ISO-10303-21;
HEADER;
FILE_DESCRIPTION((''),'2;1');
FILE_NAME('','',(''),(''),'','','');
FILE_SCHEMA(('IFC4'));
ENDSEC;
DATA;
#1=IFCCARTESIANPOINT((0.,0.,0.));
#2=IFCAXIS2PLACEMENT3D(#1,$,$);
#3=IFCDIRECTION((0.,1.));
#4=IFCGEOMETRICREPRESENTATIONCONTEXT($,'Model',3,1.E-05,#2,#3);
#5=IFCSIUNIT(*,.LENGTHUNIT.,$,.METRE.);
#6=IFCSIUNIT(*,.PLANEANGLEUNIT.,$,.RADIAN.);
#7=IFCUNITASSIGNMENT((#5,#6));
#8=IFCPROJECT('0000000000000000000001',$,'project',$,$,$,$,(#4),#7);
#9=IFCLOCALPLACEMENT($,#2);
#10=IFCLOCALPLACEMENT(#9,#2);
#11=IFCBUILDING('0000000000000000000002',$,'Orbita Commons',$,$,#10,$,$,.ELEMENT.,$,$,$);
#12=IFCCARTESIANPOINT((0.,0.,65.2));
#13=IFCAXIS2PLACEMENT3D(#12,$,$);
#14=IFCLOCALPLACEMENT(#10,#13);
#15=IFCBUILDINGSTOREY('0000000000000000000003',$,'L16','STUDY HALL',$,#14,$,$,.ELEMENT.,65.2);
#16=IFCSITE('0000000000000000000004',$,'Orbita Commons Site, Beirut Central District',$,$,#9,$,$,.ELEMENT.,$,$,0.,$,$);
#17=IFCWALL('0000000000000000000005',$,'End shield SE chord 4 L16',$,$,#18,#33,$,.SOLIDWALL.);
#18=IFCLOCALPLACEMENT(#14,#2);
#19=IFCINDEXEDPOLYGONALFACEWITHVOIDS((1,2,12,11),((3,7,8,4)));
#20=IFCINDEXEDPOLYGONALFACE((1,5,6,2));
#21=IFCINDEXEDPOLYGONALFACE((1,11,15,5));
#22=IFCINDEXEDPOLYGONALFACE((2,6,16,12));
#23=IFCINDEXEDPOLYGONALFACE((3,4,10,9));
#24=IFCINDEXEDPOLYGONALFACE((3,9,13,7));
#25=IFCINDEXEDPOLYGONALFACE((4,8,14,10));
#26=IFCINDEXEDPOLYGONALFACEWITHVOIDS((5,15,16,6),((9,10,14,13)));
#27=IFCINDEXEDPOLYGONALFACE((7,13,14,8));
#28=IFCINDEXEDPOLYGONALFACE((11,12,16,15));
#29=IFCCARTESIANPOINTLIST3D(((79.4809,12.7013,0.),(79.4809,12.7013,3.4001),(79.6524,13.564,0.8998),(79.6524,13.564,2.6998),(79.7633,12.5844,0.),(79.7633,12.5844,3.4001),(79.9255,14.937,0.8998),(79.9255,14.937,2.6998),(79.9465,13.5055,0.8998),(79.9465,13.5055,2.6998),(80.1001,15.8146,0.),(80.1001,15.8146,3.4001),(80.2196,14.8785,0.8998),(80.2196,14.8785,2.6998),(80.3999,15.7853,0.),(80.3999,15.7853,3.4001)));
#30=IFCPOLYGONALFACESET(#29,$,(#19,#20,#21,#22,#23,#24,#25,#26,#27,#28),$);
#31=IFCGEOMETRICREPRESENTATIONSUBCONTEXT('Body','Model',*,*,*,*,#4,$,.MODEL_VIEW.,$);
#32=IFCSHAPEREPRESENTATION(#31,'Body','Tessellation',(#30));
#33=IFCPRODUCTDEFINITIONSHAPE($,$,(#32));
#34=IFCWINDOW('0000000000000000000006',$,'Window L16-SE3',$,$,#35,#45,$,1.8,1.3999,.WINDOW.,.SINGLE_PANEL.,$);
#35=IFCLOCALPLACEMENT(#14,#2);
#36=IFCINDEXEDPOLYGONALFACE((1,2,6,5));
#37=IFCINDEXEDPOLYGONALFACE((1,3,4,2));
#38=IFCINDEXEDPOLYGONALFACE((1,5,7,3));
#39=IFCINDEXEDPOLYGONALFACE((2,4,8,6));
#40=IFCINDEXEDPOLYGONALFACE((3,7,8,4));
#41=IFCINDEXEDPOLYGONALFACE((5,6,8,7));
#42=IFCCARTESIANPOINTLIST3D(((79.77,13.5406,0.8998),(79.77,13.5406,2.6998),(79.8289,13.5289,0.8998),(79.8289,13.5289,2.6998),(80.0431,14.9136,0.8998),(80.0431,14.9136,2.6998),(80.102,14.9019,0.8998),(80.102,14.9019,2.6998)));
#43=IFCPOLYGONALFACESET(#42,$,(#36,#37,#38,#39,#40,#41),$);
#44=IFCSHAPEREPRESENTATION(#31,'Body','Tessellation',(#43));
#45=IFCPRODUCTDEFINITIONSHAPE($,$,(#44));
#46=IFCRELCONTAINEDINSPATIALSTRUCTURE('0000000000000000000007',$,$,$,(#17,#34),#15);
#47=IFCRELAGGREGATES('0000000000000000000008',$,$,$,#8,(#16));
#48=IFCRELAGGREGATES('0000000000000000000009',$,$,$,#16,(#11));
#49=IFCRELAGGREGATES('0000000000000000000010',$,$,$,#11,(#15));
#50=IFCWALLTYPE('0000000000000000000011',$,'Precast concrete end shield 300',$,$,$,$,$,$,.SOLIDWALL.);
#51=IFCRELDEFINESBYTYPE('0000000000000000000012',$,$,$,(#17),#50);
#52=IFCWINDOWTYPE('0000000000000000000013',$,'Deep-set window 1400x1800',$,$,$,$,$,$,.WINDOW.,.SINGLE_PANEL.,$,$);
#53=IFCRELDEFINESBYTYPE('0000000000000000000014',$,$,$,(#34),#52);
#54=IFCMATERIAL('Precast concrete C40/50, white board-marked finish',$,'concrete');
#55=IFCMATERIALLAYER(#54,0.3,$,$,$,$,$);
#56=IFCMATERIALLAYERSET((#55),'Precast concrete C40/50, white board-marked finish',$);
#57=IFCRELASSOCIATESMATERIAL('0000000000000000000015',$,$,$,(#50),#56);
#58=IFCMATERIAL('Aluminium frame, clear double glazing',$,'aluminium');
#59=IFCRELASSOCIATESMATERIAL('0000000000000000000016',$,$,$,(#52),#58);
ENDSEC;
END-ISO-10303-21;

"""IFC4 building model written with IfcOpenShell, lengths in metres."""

from ifc_helpers import new_model, si_unit, direction, frame, frame_2d, origin, place, context, subcontext, project, spatial, polyline, rectangle, outline, extrude, material, layer, layer_set, type_object, element, fill, save


model = new_model("IFC4")

# Units and contexts
model_context = context("Model", 3, precision=1e-05, world=origin(), true_north=direction((0.0, 1.0)))
body_context = subcontext(model_context, "Body", "Model", "MODEL_VIEW")
ifc_project = project(units=[si_unit("LENGTHUNIT", "METRE"), si_unit("PLANEANGLEUNIT", "RADIAN")], contexts=[model_context])

# Site, building, storey
site_placement = place(None, origin())
site = spatial("IfcSite", under=ifc_project, at=site_placement, Name="Orbita Commons Site, Beirut Central District", CompositionType="ELEMENT", RefElevation=0.0)
building_placement = place(site_placement, origin())
building = spatial("IfcBuilding", under=site, at=building_placement, Name="Orbita Commons", CompositionType="ELEMENT")
storey_placement = place(building_placement, frame((0.0, 0.0, 65.2)))
storey = spatial("IfcBuildingStorey", under=building, at=storey_placement, Name="L16", Description="STUDY HALL", CompositionType="ELEMENT", Elevation=65.2)

# Wall, opening, window
ifc_material_1 = material(Name="Precast concrete C40/50, white board-marked finish", Category="concrete")
ifc_layer_1 = layer(ifc_material_1, 0.3)
ifc_layer_set_1 = layer_set([ifc_layer_1], Name="Precast concrete C40/50, white board-marked finish")
wall_type_1 = type_object("IfcWallType", Name="Precast concrete end shield 300", PredefinedType="SOLIDWALL", material=ifc_layer_set_1)
wall_1_placement = place(storey_placement, frame((79.6221, 12.6428, 0.0), z_axis=(0.0, 0.0, 1.0), x_axis=(0.195066, 0.98079, 0.0)))
wall_1 = element("IfcWall", 1, at=wall_1_placement, inside=storey, type_object=wall_type_1, Name="End shield SE chord 4 L16", PredefinedType="SOLIDWALL", context=body_context, shape_type="SweptSolid", body=[
    extrude(outline(polyline([(-0.0298, -0.1499), (3.2339, -0.1499), (3.2041, 0.1499), (0.0298, 0.1499), (-0.0298, -0.1499)])), origin(), (0.0, 0.0, 1.0), 3.4001),
])
opening_1_placement = place(wall_1_placement, frame((0.9094, 0.0, 0.8999)))
opening_1 = element("IfcOpeningElement", 2, at=opening_1_placement, cuts=wall_1, PredefinedType="OPENING", context=body_context, shape_type="SweptSolid", body=[
    extrude(rectangle(XDim=1.3999, YDim=1.8, at=frame_2d((0.7, 0.8999))), frame((0.0, 0.1599, 0.0), z_axis=(0.0, -1.0, 0.0), x_axis=(1.0, 0.0, 0.0)), (0.0, 0.0, 1.0), 0.3201),
])
ifc_material_2 = material(Name="Aluminium frame, clear double glazing", Category="aluminium")
window_type = type_object("IfcWindowType", Name="Deep-set window 1400x1800", PartitioningType="SINGLE_PANEL", PredefinedType="WINDOW", material=ifc_material_2)
window_placement = place(opening_1_placement, origin())
window = element("IfcWindow", 3, at=window_placement, inside=storey, type_object=window_type, Name="Window L16-SE3", OverallHeight=1.8, OverallWidth=1.3999, PartitioningType="SINGLE_PANEL", PredefinedType="WINDOW", context=body_context, shape_type="SweptSolid", body=[
    extrude(rectangle(XDim=1.3999, YDim=1.8, at=frame_2d((0.7, 0.8999))), frame((0.0, 0.03, 0.0), z_axis=(0.0, -1.0, 0.0), x_axis=(1.0, 0.0, 0.0)), (0.0, 0.0, 1.0), 0.0601),
])
fill(opening_1, window)

save(model, "model.ifc")
